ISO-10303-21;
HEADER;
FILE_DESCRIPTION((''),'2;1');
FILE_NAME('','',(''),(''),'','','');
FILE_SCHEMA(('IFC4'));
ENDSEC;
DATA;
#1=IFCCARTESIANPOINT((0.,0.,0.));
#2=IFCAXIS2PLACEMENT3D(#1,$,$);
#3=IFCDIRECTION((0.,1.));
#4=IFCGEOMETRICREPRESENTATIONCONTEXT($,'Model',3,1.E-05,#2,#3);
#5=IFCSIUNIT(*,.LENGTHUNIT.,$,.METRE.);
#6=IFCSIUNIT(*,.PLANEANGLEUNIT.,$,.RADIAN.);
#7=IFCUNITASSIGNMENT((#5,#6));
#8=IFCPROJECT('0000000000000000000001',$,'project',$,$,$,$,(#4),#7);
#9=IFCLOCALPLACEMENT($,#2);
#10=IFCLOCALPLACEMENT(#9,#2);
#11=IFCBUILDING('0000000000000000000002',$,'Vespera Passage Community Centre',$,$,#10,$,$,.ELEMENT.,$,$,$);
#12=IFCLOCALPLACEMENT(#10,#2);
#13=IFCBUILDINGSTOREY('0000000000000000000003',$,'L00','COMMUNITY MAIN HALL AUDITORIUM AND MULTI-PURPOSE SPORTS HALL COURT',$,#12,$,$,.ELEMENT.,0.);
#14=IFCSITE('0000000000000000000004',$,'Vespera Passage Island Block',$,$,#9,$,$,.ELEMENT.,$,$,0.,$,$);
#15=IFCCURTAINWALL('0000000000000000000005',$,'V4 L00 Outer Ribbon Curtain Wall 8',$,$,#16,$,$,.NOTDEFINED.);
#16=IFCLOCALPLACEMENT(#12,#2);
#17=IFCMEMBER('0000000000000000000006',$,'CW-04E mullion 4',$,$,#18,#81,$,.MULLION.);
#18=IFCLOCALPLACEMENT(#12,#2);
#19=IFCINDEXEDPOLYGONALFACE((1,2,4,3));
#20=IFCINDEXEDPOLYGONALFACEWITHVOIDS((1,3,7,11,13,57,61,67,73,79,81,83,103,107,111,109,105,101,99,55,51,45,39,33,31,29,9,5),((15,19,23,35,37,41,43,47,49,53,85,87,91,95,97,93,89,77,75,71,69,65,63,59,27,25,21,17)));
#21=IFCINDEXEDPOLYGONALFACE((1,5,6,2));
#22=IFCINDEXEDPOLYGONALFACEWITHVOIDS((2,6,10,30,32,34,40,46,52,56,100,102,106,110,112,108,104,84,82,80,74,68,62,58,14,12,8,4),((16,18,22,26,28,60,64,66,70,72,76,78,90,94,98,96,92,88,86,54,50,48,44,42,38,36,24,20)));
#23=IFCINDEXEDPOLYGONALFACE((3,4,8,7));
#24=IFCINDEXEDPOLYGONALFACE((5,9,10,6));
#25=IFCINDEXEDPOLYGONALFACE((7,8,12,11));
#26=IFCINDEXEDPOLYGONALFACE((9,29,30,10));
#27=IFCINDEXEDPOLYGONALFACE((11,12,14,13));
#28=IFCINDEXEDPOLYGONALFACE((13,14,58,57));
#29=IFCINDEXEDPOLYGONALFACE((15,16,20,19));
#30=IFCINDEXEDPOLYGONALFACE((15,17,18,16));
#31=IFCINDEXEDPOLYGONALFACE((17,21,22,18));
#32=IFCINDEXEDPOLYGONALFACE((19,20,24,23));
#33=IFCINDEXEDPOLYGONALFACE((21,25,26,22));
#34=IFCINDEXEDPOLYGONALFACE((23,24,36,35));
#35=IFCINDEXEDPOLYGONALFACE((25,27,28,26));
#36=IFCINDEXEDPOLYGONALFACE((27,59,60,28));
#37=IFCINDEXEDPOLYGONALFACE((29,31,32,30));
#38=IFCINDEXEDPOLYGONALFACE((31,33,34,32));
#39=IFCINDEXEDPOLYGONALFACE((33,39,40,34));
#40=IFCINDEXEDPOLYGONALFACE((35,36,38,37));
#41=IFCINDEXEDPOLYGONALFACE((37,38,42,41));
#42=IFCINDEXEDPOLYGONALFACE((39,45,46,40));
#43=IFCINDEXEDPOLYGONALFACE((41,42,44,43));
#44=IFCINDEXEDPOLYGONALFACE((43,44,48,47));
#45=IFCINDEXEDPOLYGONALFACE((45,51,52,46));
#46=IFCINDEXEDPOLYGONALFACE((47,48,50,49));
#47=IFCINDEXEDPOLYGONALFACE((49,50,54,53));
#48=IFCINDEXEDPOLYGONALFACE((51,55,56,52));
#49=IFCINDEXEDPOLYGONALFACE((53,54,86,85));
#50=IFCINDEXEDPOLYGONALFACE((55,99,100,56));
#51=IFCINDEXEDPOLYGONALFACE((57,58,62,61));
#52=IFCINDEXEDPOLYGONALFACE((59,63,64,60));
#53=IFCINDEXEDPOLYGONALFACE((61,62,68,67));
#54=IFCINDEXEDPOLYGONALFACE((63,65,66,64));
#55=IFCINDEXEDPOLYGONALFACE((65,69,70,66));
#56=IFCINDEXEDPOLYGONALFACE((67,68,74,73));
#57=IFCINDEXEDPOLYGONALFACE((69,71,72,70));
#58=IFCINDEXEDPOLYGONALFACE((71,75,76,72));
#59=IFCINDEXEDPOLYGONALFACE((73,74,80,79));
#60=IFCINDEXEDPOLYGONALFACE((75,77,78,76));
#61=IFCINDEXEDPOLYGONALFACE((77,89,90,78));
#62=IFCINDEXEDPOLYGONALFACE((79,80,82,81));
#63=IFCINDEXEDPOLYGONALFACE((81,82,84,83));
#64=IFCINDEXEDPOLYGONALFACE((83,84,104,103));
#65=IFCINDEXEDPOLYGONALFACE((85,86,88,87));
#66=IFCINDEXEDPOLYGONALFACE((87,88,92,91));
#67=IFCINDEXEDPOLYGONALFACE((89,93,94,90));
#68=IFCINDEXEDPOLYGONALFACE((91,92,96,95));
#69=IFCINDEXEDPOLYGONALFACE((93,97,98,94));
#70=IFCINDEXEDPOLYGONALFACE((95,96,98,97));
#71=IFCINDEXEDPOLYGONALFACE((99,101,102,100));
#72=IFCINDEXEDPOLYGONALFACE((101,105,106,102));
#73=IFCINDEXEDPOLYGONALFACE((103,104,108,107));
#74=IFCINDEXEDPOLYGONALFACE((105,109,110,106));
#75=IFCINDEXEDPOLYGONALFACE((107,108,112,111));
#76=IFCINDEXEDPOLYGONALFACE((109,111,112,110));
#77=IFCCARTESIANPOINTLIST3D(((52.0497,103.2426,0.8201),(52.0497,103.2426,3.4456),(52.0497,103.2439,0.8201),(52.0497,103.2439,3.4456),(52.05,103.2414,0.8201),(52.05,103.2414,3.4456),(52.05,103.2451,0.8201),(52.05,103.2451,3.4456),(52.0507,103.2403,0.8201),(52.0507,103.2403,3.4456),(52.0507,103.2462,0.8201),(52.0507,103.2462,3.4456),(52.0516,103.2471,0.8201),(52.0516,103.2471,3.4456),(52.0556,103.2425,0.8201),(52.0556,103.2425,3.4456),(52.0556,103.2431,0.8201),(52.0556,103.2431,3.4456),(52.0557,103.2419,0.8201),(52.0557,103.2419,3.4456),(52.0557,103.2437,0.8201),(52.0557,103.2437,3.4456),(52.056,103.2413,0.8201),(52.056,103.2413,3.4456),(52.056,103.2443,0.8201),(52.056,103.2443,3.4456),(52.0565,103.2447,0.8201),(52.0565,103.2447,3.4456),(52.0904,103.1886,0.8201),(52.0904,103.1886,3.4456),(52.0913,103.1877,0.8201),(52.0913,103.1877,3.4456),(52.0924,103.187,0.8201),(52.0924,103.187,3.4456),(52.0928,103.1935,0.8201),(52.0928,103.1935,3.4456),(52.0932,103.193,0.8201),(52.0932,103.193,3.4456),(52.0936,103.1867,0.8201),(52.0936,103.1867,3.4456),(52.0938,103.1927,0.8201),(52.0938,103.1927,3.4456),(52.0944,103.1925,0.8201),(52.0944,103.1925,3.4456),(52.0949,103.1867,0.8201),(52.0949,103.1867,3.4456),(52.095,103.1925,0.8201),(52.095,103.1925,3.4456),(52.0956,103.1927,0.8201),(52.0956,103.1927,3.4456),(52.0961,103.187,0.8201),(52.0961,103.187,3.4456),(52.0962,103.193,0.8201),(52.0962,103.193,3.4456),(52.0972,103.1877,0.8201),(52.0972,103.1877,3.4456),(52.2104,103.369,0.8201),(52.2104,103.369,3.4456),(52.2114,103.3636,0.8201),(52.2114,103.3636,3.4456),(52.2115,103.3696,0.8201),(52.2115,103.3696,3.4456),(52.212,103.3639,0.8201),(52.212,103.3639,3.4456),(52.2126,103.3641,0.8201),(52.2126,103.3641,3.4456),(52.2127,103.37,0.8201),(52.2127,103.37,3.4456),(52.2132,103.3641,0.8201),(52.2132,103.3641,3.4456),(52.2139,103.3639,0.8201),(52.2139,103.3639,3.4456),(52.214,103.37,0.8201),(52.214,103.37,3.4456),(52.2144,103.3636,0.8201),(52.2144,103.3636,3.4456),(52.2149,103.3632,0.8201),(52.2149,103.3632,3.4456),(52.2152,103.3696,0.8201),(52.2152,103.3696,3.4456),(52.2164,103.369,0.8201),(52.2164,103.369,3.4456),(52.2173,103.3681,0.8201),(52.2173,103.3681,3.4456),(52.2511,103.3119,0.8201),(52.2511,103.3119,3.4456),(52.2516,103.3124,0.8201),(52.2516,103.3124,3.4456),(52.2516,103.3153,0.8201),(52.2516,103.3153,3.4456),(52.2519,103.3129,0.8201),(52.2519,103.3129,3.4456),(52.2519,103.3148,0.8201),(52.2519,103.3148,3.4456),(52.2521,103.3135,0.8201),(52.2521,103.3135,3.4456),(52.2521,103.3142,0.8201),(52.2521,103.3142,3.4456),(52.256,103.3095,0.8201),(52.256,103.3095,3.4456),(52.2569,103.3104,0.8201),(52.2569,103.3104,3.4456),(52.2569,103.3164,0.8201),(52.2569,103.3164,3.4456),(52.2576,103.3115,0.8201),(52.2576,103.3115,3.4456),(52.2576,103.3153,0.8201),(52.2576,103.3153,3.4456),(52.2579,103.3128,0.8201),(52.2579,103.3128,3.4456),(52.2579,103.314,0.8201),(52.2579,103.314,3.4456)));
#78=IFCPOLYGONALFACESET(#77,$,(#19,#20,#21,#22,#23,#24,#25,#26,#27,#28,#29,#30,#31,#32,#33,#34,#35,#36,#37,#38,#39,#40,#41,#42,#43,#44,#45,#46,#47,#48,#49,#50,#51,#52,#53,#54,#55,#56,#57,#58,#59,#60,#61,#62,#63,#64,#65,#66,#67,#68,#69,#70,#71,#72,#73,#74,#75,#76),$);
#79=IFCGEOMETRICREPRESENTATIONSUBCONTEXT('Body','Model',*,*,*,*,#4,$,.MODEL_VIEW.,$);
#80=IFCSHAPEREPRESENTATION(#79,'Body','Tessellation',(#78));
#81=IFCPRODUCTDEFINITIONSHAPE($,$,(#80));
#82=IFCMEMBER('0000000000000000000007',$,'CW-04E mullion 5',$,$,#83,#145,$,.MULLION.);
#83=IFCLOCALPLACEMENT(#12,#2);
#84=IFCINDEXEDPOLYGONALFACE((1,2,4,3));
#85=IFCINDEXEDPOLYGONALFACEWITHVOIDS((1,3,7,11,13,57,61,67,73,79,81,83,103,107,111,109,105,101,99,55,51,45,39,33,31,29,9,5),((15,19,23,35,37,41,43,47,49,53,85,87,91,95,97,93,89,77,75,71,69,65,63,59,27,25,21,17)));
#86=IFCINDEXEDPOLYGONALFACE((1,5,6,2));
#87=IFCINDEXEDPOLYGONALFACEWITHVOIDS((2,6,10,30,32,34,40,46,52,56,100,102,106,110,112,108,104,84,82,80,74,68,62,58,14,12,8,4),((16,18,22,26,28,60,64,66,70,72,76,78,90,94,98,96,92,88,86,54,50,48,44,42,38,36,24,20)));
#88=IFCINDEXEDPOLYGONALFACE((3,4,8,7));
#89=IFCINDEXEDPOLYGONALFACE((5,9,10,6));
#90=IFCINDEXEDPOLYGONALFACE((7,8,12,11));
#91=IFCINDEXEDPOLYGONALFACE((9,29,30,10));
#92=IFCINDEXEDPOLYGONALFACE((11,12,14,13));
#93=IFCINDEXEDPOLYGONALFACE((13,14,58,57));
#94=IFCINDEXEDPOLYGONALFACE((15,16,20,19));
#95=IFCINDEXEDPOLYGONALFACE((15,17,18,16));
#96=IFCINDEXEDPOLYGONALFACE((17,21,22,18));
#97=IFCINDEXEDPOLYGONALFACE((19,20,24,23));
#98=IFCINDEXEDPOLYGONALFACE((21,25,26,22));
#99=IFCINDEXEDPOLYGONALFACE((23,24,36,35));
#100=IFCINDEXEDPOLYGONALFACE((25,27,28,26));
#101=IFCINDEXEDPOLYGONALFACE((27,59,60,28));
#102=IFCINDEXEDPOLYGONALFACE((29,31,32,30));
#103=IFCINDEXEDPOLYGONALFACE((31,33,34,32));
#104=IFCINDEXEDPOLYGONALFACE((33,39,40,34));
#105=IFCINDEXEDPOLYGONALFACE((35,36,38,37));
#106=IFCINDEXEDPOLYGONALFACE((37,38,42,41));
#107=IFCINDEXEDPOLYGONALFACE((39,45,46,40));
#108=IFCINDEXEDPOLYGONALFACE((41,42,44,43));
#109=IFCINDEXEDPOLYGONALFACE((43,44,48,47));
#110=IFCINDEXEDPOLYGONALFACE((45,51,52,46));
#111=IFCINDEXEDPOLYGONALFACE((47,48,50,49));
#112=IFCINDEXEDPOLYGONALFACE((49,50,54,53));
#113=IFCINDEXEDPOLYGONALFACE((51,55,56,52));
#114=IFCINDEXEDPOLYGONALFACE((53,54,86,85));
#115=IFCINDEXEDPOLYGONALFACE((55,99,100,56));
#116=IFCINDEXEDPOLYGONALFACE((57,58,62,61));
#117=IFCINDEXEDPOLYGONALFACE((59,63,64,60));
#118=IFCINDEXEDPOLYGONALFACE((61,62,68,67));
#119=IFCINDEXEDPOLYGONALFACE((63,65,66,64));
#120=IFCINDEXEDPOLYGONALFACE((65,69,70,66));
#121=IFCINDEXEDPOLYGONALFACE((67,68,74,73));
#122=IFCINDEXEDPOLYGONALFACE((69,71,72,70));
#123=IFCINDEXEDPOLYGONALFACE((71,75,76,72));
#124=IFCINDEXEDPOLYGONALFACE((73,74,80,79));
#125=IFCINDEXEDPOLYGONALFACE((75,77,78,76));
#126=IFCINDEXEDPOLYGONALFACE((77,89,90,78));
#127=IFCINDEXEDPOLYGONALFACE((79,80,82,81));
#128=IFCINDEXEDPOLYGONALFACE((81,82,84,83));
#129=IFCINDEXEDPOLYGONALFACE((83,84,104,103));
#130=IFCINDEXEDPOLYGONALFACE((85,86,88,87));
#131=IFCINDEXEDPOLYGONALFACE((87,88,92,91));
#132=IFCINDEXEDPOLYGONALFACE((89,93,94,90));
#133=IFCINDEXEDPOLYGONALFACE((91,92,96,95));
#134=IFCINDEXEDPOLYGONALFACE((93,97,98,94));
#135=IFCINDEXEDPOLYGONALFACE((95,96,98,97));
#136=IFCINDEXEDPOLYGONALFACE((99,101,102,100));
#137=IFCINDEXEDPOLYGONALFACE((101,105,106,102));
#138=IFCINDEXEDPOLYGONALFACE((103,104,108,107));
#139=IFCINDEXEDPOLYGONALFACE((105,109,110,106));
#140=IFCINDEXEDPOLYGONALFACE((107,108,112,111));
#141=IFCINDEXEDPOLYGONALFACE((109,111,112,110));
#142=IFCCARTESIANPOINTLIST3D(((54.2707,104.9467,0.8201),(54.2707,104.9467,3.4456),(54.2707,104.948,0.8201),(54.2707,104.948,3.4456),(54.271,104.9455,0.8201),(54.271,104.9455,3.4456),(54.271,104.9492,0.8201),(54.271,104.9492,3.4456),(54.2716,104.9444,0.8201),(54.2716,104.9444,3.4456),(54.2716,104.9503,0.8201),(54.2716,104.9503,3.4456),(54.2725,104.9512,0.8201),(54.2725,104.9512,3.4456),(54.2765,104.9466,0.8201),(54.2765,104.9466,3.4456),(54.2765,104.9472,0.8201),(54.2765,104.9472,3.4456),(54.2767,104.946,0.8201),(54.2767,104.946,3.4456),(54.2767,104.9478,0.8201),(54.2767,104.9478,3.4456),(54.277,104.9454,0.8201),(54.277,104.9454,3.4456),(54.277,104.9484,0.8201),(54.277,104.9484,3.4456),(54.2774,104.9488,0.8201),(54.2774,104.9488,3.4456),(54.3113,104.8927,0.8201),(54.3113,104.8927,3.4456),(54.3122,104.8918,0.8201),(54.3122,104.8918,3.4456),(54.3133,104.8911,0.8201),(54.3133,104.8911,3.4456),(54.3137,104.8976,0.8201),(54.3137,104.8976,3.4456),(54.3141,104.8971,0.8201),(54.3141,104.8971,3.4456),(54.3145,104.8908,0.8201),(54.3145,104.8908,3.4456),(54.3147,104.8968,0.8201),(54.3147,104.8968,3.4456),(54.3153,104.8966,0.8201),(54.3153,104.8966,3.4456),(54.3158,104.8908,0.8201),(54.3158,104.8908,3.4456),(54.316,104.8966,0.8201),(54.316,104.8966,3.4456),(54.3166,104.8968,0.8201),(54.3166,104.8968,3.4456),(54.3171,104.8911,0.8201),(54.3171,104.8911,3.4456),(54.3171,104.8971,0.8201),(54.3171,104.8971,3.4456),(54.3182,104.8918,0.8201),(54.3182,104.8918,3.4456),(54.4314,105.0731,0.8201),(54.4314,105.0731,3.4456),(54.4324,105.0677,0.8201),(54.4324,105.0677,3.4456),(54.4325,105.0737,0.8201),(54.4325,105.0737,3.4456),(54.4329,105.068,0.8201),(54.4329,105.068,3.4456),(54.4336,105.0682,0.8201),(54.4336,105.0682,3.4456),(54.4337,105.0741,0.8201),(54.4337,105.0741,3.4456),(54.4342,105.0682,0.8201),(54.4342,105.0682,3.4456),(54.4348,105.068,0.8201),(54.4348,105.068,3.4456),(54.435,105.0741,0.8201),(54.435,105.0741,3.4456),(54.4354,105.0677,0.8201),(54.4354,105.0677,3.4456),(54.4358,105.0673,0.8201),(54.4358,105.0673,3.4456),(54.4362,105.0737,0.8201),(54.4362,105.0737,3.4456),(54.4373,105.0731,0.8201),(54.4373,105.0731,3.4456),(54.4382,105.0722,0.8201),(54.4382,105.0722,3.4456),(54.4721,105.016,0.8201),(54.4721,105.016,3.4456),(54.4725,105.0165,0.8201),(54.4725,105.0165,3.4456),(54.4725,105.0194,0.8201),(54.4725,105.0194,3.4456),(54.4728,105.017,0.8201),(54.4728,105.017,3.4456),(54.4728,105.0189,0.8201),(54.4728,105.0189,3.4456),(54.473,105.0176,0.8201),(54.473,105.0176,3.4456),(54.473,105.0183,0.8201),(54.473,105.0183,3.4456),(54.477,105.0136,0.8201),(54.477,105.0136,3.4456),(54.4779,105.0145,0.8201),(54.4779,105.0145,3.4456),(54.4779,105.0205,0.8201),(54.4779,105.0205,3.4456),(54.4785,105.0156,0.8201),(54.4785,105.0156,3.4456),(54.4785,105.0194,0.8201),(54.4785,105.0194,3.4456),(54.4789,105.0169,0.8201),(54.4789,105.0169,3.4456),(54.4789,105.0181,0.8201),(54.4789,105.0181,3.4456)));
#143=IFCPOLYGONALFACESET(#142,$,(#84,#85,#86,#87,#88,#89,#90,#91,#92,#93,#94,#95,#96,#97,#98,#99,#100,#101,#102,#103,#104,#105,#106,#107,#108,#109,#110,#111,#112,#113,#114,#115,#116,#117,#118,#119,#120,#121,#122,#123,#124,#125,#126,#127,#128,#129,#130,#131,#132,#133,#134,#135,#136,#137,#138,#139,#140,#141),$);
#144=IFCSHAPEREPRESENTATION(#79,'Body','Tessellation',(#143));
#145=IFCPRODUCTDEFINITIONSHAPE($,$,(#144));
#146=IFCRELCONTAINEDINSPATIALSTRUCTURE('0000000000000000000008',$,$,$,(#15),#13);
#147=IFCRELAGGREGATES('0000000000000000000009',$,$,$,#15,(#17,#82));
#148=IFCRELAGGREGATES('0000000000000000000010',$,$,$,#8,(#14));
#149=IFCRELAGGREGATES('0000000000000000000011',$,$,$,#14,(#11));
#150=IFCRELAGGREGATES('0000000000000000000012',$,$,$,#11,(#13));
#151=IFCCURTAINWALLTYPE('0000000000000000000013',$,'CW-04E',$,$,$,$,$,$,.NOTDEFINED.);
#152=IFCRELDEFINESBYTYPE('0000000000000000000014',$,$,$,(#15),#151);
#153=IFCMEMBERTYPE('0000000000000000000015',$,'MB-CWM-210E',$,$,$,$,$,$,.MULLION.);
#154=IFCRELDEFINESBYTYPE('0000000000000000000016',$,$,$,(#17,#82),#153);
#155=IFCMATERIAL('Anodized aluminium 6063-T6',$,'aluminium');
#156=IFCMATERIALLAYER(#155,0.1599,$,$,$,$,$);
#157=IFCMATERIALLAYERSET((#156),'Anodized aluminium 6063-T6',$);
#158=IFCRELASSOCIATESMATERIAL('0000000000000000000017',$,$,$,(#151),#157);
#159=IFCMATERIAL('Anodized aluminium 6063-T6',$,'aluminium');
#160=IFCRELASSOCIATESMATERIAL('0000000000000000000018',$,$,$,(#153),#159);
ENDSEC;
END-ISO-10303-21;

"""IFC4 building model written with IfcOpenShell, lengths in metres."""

from ifc_helpers import new_model, si_unit, direction, frame, origin, origin_2d, place, context, subcontext, project, spatial, hollow_rectangle, extrude, material, layer, layer_set, material_profile, profile_set, type_object, element, aggregate, save


model = new_model("IFC4")

# Units and contexts
model_context = context("Model", 3, precision=1e-05, world=origin(), true_north=direction((0.0, 1.0)))
body_context = subcontext(model_context, "Body", "Model", "MODEL_VIEW")
ifc_project = project(units=[si_unit("LENGTHUNIT", "METRE"), si_unit("PLANEANGLEUNIT", "RADIAN")], contexts=[model_context])

# Site, building, storey
site_placement = place(None, origin())
site = spatial("IfcSite", under=ifc_project, at=site_placement, Name="Vespera Passage Island Block", CompositionType="ELEMENT", RefElevation=0.0)
building_placement = place(site_placement, origin())
building = spatial("IfcBuilding", under=site, at=building_placement, Name="Vespera Passage Community Centre", CompositionType="ELEMENT")
storey_placement = place(building_placement, origin())
storey = spatial("IfcBuildingStorey", under=building, at=storey_placement, Name="L00", Description="COMMUNITY MAIN HALL AUDITORIUM AND MULTI-PURPOSE SPORTS HALL COURT", CompositionType="ELEMENT", Elevation=0.0)

# Curtain wall, members
ifc_material_1 = material(Name="Anodized aluminium 6063-T6", Category="aluminium")
ifc_layer_1 = layer(ifc_material_1, 0.1599)
ifc_layer_set_1 = layer_set([ifc_layer_1], Name="Anodized aluminium 6063-T6")
curtain_wall_type_1 = type_object("IfcCurtainWallType", Name="CW-04E", PredefinedType="NOTDEFINED", material=ifc_layer_set_1)
curtain_wall_1_placement = place(storey_placement, origin())
curtain_wall_1 = element("IfcCurtainWall", 1, at=curtain_wall_1_placement, inside=storey, type_object=curtain_wall_type_1, Name="V4 L00 Outer Ribbon Curtain Wall 8", PredefinedType="NOTDEFINED")
ifc_material_2 = material(Name="Anodized aluminium 6063-T6", Category="aluminium")
ifc_material_profile_1 = material_profile(ifc_material_2, hollow_rectangle(XDim=0.075, YDim=0.21, WallThickness=0.0049, InnerFilletRadius=0.0024, OuterFilletRadius=0.0049, at=origin_2d()), Name="ALU210X75X5")
ifc_profile_set_1 = profile_set([ifc_material_profile_1], Name="Anodized aluminium 6063-T6")
member_type_1 = type_object("IfcMemberType", Name="MB-CWM-210E", PredefinedType="MULLION", material=ifc_profile_set_1)
member_1_placement = place(storey_placement, frame((52.1538, 103.2783, 0.8201), z_axis=(0.0, 0.0, 1.0), x_axis=(-0.608768, 0.793348, 0.0)))
member_1 = element("IfcMember", 2, at=member_1_placement, type_object=member_type_1, Name="CW-04E mullion 4", PredefinedType="MULLION", context=body_context, shape_type="SweptSolid", body=[
    extrude(hollow_rectangle(XDim=0.075, YDim=0.21, WallThickness=0.0049, InnerFilletRadius=0.0024, OuterFilletRadius=0.0049, at=origin_2d()), origin(), (0.0, 0.0, 1.0), 2.6255),
])
member_2_placement = place(storey_placement, frame((54.3748, 104.9824, 0.8201), z_axis=(0.0, 0.0, 1.0), x_axis=(-0.608768, 0.793348, 0.0)))
member_2 = element("IfcMember", 3, at=member_2_placement, type_object=member_type_1, Name="CW-04E mullion 5", PredefinedType="MULLION", context=body_context, shape_type="SweptSolid", body=[
    extrude(hollow_rectangle(XDim=0.075, YDim=0.21, WallThickness=0.0049, InnerFilletRadius=0.0024, OuterFilletRadius=0.0049, at=origin_2d()), origin(), (0.0, 0.0, 1.0), 2.6255),
])

aggregate(curtain_wall_1, [member_1, member_2])

save(model, "model.ifc")
